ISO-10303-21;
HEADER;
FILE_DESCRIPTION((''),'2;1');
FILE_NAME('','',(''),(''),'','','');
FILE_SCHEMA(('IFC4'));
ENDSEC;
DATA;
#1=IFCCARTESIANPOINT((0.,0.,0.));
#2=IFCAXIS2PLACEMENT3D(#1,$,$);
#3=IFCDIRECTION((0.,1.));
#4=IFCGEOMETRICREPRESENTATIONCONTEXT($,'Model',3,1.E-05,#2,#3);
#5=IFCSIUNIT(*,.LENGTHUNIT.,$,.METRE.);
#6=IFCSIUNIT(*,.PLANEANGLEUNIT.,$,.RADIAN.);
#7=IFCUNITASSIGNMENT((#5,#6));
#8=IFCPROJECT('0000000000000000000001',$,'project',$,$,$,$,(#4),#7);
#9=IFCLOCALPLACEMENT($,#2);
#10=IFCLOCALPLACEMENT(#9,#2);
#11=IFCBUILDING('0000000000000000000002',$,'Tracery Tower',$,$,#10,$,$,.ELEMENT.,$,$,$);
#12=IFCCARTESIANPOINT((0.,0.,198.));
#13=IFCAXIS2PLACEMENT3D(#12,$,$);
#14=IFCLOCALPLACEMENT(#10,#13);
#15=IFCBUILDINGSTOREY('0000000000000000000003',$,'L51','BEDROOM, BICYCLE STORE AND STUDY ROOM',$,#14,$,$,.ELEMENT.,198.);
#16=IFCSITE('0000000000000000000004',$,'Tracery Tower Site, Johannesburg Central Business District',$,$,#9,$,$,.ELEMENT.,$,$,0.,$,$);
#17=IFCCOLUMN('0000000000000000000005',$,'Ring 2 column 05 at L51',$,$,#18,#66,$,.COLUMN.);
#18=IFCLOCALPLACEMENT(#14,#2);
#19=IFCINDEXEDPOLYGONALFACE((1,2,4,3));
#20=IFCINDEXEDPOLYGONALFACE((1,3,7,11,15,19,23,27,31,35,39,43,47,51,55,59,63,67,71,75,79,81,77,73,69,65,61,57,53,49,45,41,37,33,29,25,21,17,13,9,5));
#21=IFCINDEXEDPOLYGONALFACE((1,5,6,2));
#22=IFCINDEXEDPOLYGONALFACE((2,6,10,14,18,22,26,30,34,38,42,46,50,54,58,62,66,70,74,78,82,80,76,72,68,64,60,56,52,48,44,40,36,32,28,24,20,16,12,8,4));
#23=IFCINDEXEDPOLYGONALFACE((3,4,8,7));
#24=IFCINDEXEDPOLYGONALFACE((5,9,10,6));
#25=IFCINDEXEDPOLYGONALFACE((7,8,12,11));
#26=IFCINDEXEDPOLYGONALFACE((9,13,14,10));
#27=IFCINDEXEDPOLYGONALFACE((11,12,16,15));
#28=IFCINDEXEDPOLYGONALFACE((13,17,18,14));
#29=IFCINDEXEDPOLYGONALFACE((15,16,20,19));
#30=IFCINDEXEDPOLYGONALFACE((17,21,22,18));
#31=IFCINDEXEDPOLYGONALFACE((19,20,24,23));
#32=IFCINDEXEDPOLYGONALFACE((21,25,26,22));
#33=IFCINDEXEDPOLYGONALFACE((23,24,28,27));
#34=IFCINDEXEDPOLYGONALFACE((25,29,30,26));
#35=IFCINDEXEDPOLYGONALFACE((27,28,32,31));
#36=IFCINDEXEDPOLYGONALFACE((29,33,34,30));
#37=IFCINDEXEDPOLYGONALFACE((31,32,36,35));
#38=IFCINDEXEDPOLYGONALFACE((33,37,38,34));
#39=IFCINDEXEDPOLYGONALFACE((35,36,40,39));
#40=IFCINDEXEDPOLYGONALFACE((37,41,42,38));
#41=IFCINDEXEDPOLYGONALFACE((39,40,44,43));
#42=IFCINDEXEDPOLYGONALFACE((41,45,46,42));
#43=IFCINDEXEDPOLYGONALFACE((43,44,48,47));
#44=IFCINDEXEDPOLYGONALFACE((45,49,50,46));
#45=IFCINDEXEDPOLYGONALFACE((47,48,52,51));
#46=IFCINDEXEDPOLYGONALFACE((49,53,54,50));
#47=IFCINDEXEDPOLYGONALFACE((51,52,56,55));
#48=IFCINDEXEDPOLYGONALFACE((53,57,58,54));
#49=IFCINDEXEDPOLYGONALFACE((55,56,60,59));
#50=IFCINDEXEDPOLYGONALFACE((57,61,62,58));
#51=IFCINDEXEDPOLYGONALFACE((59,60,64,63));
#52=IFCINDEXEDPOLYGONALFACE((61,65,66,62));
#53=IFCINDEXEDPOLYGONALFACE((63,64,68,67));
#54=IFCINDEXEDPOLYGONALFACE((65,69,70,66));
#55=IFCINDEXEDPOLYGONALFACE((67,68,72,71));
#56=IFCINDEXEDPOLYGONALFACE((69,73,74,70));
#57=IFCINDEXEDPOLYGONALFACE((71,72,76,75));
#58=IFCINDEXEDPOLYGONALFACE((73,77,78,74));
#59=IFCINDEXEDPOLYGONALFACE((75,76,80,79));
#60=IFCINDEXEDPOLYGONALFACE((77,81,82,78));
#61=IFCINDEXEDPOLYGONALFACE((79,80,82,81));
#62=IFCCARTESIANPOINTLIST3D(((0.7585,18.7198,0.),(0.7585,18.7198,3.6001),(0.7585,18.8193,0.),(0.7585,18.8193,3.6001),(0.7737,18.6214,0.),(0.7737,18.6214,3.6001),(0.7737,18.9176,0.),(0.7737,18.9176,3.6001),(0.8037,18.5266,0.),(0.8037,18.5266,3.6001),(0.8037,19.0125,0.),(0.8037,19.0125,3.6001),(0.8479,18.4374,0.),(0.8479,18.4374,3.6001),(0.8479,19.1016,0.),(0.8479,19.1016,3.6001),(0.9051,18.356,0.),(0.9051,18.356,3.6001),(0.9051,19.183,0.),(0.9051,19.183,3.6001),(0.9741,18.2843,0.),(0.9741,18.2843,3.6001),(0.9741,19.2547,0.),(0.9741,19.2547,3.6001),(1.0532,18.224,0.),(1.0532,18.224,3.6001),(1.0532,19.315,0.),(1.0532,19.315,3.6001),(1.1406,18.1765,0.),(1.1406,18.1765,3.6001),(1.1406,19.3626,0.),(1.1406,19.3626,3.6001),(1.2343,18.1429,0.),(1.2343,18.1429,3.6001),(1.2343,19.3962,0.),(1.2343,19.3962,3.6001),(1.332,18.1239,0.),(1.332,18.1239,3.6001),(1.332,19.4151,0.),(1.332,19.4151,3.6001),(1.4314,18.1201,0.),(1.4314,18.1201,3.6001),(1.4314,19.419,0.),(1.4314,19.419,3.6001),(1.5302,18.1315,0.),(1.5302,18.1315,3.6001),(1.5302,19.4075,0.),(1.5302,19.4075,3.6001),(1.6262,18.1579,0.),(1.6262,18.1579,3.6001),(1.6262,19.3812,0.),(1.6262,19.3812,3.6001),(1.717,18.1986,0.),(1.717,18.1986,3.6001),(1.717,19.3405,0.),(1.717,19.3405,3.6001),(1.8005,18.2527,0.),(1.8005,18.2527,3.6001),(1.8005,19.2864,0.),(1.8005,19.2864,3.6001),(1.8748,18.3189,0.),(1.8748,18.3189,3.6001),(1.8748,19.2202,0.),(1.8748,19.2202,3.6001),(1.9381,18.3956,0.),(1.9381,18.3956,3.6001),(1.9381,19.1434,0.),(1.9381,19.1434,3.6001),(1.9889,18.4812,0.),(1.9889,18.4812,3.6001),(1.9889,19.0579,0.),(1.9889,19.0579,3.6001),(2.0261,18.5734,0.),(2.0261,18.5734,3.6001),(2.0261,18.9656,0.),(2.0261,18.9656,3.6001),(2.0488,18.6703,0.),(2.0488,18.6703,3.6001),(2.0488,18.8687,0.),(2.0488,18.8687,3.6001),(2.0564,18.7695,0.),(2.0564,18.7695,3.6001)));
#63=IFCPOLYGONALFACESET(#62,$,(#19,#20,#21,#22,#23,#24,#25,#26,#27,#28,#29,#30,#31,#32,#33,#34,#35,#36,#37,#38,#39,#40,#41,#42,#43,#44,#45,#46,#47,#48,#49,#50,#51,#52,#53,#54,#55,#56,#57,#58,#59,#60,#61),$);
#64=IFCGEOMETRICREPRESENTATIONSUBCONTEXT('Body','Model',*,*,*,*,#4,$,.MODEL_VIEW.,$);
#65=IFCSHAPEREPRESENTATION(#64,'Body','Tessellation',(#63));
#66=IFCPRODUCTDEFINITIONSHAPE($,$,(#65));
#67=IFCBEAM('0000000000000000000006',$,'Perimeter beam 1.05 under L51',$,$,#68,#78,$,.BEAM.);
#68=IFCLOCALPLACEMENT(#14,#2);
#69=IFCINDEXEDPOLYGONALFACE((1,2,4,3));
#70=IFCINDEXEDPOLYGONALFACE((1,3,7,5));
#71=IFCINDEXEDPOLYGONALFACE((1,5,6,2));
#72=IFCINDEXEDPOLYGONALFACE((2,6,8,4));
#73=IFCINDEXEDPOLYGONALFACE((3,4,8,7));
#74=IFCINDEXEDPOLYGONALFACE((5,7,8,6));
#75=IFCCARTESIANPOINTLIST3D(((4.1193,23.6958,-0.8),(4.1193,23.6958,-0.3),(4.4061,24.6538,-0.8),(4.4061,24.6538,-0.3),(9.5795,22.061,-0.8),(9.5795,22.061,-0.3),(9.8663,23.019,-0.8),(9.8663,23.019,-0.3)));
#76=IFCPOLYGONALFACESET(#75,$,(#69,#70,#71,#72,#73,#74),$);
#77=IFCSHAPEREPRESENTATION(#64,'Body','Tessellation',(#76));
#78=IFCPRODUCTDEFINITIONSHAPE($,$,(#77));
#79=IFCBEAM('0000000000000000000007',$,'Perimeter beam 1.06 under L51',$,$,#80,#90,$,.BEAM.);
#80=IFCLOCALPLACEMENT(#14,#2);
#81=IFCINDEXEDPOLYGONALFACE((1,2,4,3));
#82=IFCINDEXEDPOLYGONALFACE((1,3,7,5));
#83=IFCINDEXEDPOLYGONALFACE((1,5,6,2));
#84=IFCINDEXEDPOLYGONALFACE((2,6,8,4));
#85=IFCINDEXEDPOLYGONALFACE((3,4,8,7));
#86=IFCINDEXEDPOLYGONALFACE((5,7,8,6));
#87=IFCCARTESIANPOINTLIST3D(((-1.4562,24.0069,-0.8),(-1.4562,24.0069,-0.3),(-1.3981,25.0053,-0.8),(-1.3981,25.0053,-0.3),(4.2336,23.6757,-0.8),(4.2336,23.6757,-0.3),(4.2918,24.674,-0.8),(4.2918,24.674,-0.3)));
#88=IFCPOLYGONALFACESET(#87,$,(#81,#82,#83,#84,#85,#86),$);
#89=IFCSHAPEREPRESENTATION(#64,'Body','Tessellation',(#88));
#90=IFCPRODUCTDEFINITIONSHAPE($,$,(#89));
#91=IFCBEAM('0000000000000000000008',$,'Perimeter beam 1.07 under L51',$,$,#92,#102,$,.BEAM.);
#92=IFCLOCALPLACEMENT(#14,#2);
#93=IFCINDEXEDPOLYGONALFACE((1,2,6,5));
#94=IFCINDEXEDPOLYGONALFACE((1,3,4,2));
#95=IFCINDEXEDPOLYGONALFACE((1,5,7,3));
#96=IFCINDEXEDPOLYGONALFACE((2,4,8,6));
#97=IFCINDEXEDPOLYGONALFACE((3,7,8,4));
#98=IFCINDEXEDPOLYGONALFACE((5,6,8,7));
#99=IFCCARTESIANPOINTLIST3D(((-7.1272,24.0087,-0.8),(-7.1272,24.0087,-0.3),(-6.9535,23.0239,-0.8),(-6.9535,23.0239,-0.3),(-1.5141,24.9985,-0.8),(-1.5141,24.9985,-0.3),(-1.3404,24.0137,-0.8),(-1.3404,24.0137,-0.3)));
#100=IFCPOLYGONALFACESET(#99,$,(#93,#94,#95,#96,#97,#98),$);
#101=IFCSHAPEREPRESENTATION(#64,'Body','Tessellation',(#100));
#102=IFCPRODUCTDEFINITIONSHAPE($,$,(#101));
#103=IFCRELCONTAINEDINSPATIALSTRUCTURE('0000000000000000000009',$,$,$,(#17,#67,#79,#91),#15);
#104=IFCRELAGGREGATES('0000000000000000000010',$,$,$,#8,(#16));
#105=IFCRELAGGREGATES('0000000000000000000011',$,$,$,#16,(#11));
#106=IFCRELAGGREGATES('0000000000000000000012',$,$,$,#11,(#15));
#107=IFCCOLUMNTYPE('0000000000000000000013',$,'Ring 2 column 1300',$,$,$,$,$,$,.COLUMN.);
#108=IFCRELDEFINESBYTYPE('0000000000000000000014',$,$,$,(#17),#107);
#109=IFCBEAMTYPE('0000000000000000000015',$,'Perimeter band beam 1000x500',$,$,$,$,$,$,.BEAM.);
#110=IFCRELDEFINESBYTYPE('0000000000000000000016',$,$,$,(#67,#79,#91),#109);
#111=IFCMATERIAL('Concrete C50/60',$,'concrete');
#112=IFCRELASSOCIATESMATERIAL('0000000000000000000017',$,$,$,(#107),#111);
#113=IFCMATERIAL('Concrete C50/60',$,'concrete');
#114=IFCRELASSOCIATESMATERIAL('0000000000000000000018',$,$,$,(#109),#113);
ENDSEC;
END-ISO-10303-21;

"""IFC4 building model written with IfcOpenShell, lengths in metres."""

from ifc_helpers import new_model, si_unit, direction, frame, origin, origin_2d, place, context, subcontext, project, spatial, rectangle, circle, extrude, material, material_profile, profile_set, type_object, element, save


model = new_model("IFC4")

# Units and contexts
model_context = context("Model", 3, precision=1e-05, world=origin(), true_north=direction((0.0, 1.0)))
body_context = subcontext(model_context, "Body", "Model", "MODEL_VIEW")
ifc_project = project(units=[si_unit("LENGTHUNIT", "METRE"), si_unit("PLANEANGLEUNIT", "RADIAN")], contexts=[model_context])

# Site, building, storey
site_placement = place(None, origin())
site = spatial("IfcSite", under=ifc_project, at=site_placement, Name="Tracery Tower Site, Johannesburg Central Business District", CompositionType="ELEMENT", RefElevation=0.0)
building_placement = place(site_placement, origin())
building = spatial("IfcBuilding", under=site, at=building_placement, Name="Tracery Tower", CompositionType="ELEMENT")
storey_placement = place(building_placement, frame((0.0, 0.0, 198.0)))
storey = spatial("IfcBuildingStorey", under=building, at=storey_placement, Name="L51", Description="BEDROOM, BICYCLE STORE AND STUDY ROOM", CompositionType="ELEMENT", Elevation=198.0)

# Column
ifc_material_1 = material(Name="Concrete C50/60", Category="concrete")
ifc_material_profile_1 = material_profile(ifc_material_1, circle(Radius=0.6499, at=origin_2d()), Name="RC D1300")
ifc_profile_set_1 = profile_set([ifc_material_profile_1], Name="Concrete C50/60")
column_type_1 = type_object("IfcColumnType", Name="Ring 2 column 1300", PredefinedType="COLUMN", material=ifc_profile_set_1)
for number, where, z_axis, x_axis, name in (
    (1, (1.4065, 18.7695, 0.0), (0.0, 0.0, 1.0), (1.0, 0.0, 0.0), "Ring 2 column 05 at L51"),
):
    element("IfcColumn", number, at=place(storey_placement, frame(where, z_axis=z_axis, x_axis=x_axis)), inside=storey, type_object=column_type_1, Name=name, PredefinedType="COLUMN", context=body_context, shape_type="SweptSolid", body=[
        extrude(circle(Radius=0.6499, at=origin_2d()), origin(), (0.0, 0.0, 1.0), 3.6001),
    ])

# Beams
ifc_material_2 = material(Name="Concrete C50/60", Category="concrete")
ifc_material_profile_2 = material_profile(ifc_material_2, rectangle(XDim=1.0, YDim=0.5, at=origin_2d()), Name="RC 1000x500")
ifc_profile_set_2 = profile_set([ifc_material_profile_2], Name="Concrete C50/60")
beam_type = type_object("IfcBeamType", Name="Perimeter band beam 1000x500", PredefinedType="BEAM", material=ifc_profile_set_2)
beam_1_placement = place(storey_placement, frame((9.7229, 22.54, -0.55), z_axis=(-0.957985, 0.286817, 0.0), x_axis=(-0.286817, -0.957985, 0.0)))
element("IfcBeam", 2, at=beam_1_placement, inside=storey, type_object=beam_type, Name="Perimeter beam 1.05 under L51", PredefinedType="BEAM", context=body_context, shape_type="SweptSolid", body=[
    extrude(rectangle(XDim=1.0, YDim=0.5, at=origin_2d()), origin(), (0.0, 0.0, 1.0), 5.6997),
])
beam_2_placement = place(storey_placement, frame((4.2627, 24.1748, -0.55), z_axis=(-0.998309, 0.058127, 0.0), x_axis=(-0.058127, -0.998309, 0.0)))
element("IfcBeam", 3, at=beam_2_placement, inside=storey, type_object=beam_type, Name="Perimeter beam 1.06 under L51", PredefinedType="BEAM", context=body_context, shape_type="SweptSolid", body=[
    extrude(rectangle(XDim=1.0, YDim=0.5, at=origin_2d()), origin(), (0.0, 0.0, 1.0), 5.6995),
])
beam_3_placement = place(storey_placement, frame((-1.4272, 24.5061, -0.55), z_axis=(-0.984807, -0.173651, 0.0), x_axis=(0.173651, -0.984807, 0.0)))
element("IfcBeam", 4, at=beam_3_placement, inside=storey, type_object=beam_type, Name="Perimeter beam 1.07 under L51", PredefinedType="BEAM", context=body_context, shape_type="SweptSolid", body=[
    extrude(rectangle(XDim=1.0, YDim=0.5, at=origin_2d()), origin(), (0.0, 0.0, 1.0), 5.6997),
])

save(model, "model.ifc")
